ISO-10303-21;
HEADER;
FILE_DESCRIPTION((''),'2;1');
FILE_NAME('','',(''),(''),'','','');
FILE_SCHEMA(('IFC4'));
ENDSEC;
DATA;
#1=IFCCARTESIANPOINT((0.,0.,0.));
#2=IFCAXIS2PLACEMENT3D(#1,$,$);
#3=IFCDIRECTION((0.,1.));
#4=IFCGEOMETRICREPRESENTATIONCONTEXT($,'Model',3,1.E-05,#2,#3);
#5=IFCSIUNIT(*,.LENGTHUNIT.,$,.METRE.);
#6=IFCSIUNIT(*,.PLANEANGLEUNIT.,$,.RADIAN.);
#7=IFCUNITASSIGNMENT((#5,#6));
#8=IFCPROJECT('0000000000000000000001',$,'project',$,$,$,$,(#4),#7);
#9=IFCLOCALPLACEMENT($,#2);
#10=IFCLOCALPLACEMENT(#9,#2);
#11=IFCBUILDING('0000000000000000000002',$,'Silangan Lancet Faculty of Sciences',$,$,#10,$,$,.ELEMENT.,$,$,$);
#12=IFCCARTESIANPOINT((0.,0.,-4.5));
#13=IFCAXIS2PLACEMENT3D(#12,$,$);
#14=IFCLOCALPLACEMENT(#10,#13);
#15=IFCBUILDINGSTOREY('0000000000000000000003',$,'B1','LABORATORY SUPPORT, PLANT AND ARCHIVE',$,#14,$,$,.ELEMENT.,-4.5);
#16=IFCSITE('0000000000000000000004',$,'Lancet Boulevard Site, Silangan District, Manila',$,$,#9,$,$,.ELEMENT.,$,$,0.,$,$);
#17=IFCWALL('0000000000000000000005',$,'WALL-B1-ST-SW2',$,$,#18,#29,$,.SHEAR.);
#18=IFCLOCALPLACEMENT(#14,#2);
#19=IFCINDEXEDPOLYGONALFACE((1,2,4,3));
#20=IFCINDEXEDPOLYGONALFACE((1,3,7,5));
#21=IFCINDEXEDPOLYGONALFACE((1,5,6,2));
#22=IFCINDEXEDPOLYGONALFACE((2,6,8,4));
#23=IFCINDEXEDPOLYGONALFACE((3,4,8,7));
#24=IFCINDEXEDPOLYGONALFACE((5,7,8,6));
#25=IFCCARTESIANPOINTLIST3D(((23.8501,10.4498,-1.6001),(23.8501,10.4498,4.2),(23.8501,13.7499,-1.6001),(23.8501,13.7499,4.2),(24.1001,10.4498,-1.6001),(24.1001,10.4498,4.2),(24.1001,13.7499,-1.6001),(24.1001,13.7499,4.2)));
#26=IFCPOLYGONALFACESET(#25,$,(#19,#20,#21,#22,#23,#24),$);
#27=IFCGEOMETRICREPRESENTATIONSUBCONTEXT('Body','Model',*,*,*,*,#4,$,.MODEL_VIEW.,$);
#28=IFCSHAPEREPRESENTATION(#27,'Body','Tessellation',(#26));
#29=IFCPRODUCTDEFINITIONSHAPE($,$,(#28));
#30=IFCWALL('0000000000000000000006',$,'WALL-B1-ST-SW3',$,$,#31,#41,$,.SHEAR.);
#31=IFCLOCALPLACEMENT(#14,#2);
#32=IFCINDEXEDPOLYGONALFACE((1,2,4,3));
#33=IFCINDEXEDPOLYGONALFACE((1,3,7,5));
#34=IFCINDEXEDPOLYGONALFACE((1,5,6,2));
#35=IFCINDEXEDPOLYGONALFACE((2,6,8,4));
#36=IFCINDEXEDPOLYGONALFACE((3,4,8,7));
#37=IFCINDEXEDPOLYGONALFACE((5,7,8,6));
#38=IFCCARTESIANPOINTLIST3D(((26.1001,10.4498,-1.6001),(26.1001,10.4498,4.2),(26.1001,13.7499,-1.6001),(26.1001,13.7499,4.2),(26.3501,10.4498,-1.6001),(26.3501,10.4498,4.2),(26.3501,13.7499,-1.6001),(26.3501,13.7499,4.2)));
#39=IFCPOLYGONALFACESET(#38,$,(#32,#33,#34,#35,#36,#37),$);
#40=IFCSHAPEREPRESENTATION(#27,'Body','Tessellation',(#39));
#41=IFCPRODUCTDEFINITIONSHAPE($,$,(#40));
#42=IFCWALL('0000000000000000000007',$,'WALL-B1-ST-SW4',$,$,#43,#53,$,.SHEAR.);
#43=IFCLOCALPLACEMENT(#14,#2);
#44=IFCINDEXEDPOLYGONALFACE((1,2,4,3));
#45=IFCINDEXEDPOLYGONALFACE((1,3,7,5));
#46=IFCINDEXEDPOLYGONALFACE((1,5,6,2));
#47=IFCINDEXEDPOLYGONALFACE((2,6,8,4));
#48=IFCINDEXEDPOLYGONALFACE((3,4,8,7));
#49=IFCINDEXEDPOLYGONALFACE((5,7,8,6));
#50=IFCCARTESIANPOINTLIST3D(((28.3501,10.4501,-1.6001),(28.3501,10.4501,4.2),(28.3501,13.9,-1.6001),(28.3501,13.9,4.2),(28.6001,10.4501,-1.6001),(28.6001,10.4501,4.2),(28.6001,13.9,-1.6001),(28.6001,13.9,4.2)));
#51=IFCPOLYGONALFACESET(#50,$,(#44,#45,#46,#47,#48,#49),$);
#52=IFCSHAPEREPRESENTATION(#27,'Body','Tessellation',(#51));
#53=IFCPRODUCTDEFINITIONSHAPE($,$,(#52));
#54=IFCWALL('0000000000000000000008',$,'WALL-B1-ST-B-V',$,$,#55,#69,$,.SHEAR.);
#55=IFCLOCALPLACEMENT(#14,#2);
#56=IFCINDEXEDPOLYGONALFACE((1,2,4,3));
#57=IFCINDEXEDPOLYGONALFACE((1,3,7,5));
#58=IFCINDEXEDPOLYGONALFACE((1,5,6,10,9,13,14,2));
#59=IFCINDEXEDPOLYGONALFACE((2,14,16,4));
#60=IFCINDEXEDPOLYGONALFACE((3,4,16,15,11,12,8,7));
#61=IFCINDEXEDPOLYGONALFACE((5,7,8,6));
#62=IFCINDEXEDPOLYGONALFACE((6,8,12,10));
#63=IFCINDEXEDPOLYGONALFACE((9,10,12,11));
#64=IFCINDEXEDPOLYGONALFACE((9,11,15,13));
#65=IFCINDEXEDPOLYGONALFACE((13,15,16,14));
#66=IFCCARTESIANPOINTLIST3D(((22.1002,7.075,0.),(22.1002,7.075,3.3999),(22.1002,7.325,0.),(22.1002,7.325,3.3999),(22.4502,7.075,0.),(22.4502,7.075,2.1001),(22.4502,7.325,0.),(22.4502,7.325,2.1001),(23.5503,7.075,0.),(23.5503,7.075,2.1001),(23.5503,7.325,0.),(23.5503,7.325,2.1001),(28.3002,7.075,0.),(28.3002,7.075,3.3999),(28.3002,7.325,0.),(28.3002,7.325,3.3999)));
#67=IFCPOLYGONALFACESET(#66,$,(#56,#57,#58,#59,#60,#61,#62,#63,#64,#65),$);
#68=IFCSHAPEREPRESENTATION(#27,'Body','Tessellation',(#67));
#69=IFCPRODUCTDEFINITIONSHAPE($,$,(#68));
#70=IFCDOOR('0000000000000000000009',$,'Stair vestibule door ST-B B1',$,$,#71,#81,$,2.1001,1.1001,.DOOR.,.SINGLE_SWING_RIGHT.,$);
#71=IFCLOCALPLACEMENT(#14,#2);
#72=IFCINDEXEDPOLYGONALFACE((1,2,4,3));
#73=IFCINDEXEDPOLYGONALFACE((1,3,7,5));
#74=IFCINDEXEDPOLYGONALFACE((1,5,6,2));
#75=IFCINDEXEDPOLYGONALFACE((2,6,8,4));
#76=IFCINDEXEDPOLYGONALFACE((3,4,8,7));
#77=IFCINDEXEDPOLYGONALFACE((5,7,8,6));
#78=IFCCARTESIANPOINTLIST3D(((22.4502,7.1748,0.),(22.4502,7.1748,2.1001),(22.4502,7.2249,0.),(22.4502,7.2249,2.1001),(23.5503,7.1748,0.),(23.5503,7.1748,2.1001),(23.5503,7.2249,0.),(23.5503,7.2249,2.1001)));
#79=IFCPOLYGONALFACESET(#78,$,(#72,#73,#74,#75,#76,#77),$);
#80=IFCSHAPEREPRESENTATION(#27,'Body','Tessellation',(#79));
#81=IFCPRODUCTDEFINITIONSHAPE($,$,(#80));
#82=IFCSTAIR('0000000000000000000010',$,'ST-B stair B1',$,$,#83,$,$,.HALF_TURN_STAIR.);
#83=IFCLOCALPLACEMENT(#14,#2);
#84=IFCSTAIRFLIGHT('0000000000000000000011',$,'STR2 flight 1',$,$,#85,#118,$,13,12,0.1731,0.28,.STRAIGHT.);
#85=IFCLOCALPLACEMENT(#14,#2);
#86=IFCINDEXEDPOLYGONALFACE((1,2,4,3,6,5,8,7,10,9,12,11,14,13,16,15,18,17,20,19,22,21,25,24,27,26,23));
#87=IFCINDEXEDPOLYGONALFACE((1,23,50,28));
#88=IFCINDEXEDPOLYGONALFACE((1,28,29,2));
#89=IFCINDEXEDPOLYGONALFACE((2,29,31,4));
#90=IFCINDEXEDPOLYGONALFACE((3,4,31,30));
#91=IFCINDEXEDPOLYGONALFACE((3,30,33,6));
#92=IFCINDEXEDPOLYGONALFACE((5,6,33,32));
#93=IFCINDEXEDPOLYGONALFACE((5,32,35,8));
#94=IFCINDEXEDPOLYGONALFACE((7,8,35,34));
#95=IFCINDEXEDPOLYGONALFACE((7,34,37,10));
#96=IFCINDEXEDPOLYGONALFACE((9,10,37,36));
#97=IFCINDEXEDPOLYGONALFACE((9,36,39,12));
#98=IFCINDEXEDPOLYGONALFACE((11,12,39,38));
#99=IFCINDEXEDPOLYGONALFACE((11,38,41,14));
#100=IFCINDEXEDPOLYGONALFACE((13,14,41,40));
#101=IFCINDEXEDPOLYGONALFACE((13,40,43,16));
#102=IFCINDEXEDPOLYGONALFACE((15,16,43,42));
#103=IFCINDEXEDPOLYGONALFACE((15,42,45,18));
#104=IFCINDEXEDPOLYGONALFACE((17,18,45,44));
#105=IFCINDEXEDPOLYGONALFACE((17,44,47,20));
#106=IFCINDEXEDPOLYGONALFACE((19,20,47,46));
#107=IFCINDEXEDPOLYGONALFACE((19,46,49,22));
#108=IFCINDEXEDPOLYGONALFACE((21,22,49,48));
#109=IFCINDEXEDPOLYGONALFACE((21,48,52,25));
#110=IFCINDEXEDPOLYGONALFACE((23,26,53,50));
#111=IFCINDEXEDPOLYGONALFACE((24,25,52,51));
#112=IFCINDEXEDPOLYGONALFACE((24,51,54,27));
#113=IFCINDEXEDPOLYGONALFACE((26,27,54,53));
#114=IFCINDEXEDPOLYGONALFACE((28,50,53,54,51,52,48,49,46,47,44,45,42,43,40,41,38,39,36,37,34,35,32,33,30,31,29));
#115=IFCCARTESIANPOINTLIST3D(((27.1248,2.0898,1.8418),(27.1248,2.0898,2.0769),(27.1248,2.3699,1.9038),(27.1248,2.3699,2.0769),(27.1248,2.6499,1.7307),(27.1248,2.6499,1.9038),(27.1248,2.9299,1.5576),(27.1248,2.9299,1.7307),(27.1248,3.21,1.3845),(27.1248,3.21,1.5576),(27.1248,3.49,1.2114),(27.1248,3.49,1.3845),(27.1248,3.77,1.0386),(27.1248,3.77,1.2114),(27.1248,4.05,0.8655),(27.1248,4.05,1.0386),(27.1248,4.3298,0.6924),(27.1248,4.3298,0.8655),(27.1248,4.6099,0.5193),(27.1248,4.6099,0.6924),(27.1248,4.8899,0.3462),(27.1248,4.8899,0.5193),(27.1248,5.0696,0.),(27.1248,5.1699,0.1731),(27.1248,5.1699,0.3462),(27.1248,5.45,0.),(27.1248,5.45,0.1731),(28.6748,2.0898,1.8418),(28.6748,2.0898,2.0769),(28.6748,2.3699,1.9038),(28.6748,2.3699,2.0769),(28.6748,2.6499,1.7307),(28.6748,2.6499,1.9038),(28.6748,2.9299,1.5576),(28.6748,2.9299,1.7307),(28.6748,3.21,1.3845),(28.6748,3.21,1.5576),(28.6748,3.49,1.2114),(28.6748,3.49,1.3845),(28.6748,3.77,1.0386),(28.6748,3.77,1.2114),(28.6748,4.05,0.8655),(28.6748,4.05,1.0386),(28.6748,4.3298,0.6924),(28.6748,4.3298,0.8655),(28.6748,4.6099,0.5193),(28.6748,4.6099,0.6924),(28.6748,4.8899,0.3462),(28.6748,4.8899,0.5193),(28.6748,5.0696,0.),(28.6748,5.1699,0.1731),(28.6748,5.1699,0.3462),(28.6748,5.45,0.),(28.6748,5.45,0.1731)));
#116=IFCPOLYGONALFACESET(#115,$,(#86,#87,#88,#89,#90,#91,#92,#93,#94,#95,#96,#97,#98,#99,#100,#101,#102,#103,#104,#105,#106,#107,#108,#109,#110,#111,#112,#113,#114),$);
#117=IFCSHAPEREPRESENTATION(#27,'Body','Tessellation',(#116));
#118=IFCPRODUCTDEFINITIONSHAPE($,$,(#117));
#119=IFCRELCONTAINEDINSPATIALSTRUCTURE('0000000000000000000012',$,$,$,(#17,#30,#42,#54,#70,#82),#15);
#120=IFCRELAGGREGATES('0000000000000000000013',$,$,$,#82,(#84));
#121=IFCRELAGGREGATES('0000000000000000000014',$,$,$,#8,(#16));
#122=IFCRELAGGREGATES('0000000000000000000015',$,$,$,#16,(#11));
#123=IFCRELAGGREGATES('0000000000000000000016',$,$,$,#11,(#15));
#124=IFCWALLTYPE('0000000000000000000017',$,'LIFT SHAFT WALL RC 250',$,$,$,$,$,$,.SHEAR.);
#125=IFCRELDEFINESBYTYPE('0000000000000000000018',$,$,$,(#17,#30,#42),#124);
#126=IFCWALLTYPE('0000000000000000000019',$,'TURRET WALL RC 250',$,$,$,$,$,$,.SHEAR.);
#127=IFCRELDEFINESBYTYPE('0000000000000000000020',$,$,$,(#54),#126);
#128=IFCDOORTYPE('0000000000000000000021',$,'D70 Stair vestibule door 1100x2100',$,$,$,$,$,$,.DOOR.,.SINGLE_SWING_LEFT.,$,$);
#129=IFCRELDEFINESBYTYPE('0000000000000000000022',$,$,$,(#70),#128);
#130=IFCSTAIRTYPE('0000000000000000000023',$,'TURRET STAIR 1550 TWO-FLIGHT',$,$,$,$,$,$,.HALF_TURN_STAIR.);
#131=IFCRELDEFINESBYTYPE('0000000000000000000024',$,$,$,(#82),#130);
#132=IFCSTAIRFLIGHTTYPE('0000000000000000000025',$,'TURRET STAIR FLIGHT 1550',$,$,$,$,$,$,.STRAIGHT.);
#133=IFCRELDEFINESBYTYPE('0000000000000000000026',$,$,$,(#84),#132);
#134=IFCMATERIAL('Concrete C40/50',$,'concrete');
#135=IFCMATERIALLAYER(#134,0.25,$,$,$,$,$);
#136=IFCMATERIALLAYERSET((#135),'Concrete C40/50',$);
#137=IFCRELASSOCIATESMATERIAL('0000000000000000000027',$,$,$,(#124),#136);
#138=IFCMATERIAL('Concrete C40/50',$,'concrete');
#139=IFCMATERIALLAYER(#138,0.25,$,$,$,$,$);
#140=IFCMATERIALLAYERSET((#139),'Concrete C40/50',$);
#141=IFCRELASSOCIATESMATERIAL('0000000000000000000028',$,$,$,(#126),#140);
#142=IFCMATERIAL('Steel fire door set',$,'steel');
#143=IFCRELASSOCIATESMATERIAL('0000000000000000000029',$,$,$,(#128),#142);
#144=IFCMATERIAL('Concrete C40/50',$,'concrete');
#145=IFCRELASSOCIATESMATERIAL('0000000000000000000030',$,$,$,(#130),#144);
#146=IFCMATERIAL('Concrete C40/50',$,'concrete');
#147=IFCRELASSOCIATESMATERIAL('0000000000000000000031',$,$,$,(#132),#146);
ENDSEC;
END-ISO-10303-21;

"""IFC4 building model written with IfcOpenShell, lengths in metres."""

from ifc_helpers import new_model, si_unit, direction, frame, frame_2d, origin, place, context, subcontext, project, spatial, polyline, rectangle, outline, extrude, material, layer, layer_set, type_object, element, fill, aggregate, save


model = new_model("IFC4")

# Units and contexts
model_context = context("Model", 3, precision=1e-05, world=origin(), true_north=direction((0.0, 1.0)))
body_context = subcontext(model_context, "Body", "Model", "MODEL_VIEW")
ifc_project = project(units=[si_unit("LENGTHUNIT", "METRE"), si_unit("PLANEANGLEUNIT", "RADIAN")], contexts=[model_context])

# Site, building, storey
site_placement = place(None, origin())
site = spatial("IfcSite", under=ifc_project, at=site_placement, Name="Lancet Boulevard Site, Silangan District, Manila", CompositionType="ELEMENT", RefElevation=0.0)
building_placement = place(site_placement, origin())
building = spatial("IfcBuilding", under=site, at=building_placement, Name="Silangan Lancet Faculty of Sciences", CompositionType="ELEMENT")
storey_placement = place(building_placement, frame((0.0, 0.0, -4.5)))
storey = spatial("IfcBuildingStorey", under=building, at=storey_placement, Name="B1", Description="LABORATORY SUPPORT, PLANT AND ARCHIVE", CompositionType="ELEMENT", Elevation=-4.5)

# Walls
ifc_material_1 = material(Name="Concrete C40/50", Category="concrete")
ifc_layer_1 = layer(ifc_material_1, 0.25)
ifc_layer_set_1 = layer_set([ifc_layer_1], Name="Concrete C40/50")
wall_type_1 = type_object("IfcWallType", Name="LIFT SHAFT WALL RC 250", PredefinedType="SHEAR", material=ifc_layer_set_1)
for number, where, z_axis, x_axis, name in (
    (1, (23.9751, 10.45, -1.6001), (0.0, 0.0, 1.0), (0.0, 1.0, 0.0), "WALL-B1-ST-SW2"),
    (2, (26.2251, 10.45, -1.6001), (0.0, 0.0, 1.0), (0.0, 1.0, 0.0), "WALL-B1-ST-SW3"),
):
    element("IfcWall", number, at=place(storey_placement, frame(where, z_axis=z_axis, x_axis=x_axis)), inside=storey, type_object=wall_type_1, Name=name, PredefinedType="SHEAR", context=body_context, shape_type="SweptSolid", body=[
        extrude(rectangle(XDim=3.3, YDim=0.25, at=frame_2d((1.6499, 0.0))), origin(), (0.0, 0.0, 1.0), 5.8),
    ])
wall_1_placement = place(storey_placement, frame((28.4751, 10.45, -1.6001), z_axis=(0.0, 0.0, 1.0), x_axis=(0.0, 1.0, 0.0)))
element("IfcWall", 3, at=wall_1_placement, inside=storey, type_object=wall_type_1, Name="WALL-B1-ST-SW4", PredefinedType="SHEAR", context=body_context, shape_type="SweptSolid", body=[
    extrude(rectangle(XDim=3.45, YDim=0.25, at=frame_2d((1.7251, 0.0))), origin(), (0.0, 0.0, 1.0), 5.8),
])

# Wall, opening, door
ifc_material_2 = material(Name="Concrete C40/50", Category="concrete")
ifc_layer_2 = layer(ifc_material_2, 0.25)
ifc_layer_set_2 = layer_set([ifc_layer_2], Name="Concrete C40/50")
wall_type_2 = type_object("IfcWallType", Name="TURRET WALL RC 250", PredefinedType="SHEAR", material=ifc_layer_set_2)
wall_2_placement = place(storey_placement, frame((22.1001, 7.2, 0.0), z_axis=(0.0, 0.0, 1.0), x_axis=(1.0, 0.0, 0.0)))
wall_2 = element("IfcWall", 4, at=wall_2_placement, inside=storey, type_object=wall_type_2, Name="WALL-B1-ST-B-V", PredefinedType="SHEAR", context=body_context, shape_type="SweptSolid", body=[
    extrude(rectangle(XDim=6.2, YDim=0.25, at=frame_2d((3.1001, 0.0))), origin(), (0.0, 0.0, 1.0), 3.3999),
])
opening_1_placement = place(wall_2_placement, frame((0.3501, 0.0, 0.0)))
opening_1 = element("IfcOpeningElement", 5, at=opening_1_placement, cuts=wall_2, PredefinedType="OPENING", context=body_context, shape_type="SweptSolid", body=[
    extrude(rectangle(XDim=1.1001, YDim=2.1001, at=frame_2d((0.55, 1.05))), frame((0.0, 0.135, 0.0), z_axis=(0.0, -1.0, 0.0), x_axis=(1.0, 0.0, 0.0)), (0.0, 0.0, 1.0), 0.27),
])
ifc_material_3 = material(Name="Steel fire door set", Category="steel")
door_type_1 = type_object("IfcDoorType", Name="D70 Stair vestibule door 1100x2100", OperationType="SINGLE_SWING_LEFT", PredefinedType="DOOR", material=ifc_material_3)
door_1_placement = place(opening_1_placement, frame((1.1001, 0.0, 0.0), z_axis=(0.0, 0.0, 1.0), x_axis=(-1.0, 0.0, 0.0)))
door_1 = element("IfcDoor", 6, at=door_1_placement, inside=storey, type_object=door_type_1, Name="Stair vestibule door ST-B B1", OperationType="SINGLE_SWING_RIGHT", OverallHeight=2.1001, OverallWidth=1.1001, PredefinedType="DOOR", context=body_context, shape_type="SweptSolid", body=[
    extrude(rectangle(XDim=1.1001, YDim=2.1001, at=frame_2d((0.55, 1.05))), frame((0.0, 0.0251, 0.0), z_axis=(0.0, -1.0, 0.0), x_axis=(1.0, 0.0, 0.0)), (0.0, 0.0, 1.0), 0.05),
])
fill(opening_1, door_1)

# Stair, stair flight
ifc_material_4 = material(Name="Concrete C40/50", Category="concrete")
stair_type = type_object("IfcStairType", Name="TURRET STAIR 1550 TWO-FLIGHT", PredefinedType="HALF_TURN_STAIR", material=ifc_material_4)
stair_placement = place(storey_placement, origin())
stair = element("IfcStair", 7, at=stair_placement, inside=storey, type_object=stair_type, Name="ST-B stair B1", PredefinedType="HALF_TURN_STAIR")
ifc_material_5 = material(Name="Concrete C40/50", Category="concrete")
stair_flight_type = type_object("IfcStairFlightType", Name="TURRET STAIR FLIGHT 1550", PredefinedType="STRAIGHT", material=ifc_material_5)
stair_flight_placement = place(storey_placement, frame((27.8999, 5.45, 0.0), z_axis=(0.0, 0.0, 1.0), x_axis=(0.0, -1.0, 0.0)))
stair_flight = element("IfcStairFlight", 8, at=stair_flight_placement, type_object=stair_flight_type, Name="STR2 flight 1", NumberOfRisers=13, NumberOfTreads=12, PredefinedType="STRAIGHT", RiserHeight=0.1731, TreadLength=0.28, context=body_context, shape_type="SweptSolid", body=[
    extrude(outline(polyline([(0.0, 0.0), (0.0, 0.1731), (0.28, 0.1731), (0.28, 0.3462), (0.5601, 0.3462), (0.5601, 0.5193), (0.8401, 0.5193), (0.8401, 0.6924), (1.1201, 0.6924), (1.1201, 0.8655), (1.3999, 0.8655), (1.3999, 1.0386), (1.6799, 1.0386), (1.6799, 1.2114), (1.96, 1.2114), (1.96, 1.3845), (2.24, 1.3845), (2.24, 1.5576), (2.52, 1.5576), (2.52, 1.7307), (2.8, 1.7307), (2.8, 1.9038), (3.0801, 1.9038), (3.0801, 2.0769), (3.3601, 2.0769), (3.3601, 2.25), (3.3601, 1.8418), (0.3804, 0.0), (0.0, 0.0)])), frame((0.0, 0.7749, 0.0), z_axis=(0.0, -1.0, 0.0), x_axis=(1.0, 0.0, 0.0)), (0.0, 0.0, 1.0), 1.55),
])
aggregate(stair, [stair_flight])

save(model, "model.ifc")
